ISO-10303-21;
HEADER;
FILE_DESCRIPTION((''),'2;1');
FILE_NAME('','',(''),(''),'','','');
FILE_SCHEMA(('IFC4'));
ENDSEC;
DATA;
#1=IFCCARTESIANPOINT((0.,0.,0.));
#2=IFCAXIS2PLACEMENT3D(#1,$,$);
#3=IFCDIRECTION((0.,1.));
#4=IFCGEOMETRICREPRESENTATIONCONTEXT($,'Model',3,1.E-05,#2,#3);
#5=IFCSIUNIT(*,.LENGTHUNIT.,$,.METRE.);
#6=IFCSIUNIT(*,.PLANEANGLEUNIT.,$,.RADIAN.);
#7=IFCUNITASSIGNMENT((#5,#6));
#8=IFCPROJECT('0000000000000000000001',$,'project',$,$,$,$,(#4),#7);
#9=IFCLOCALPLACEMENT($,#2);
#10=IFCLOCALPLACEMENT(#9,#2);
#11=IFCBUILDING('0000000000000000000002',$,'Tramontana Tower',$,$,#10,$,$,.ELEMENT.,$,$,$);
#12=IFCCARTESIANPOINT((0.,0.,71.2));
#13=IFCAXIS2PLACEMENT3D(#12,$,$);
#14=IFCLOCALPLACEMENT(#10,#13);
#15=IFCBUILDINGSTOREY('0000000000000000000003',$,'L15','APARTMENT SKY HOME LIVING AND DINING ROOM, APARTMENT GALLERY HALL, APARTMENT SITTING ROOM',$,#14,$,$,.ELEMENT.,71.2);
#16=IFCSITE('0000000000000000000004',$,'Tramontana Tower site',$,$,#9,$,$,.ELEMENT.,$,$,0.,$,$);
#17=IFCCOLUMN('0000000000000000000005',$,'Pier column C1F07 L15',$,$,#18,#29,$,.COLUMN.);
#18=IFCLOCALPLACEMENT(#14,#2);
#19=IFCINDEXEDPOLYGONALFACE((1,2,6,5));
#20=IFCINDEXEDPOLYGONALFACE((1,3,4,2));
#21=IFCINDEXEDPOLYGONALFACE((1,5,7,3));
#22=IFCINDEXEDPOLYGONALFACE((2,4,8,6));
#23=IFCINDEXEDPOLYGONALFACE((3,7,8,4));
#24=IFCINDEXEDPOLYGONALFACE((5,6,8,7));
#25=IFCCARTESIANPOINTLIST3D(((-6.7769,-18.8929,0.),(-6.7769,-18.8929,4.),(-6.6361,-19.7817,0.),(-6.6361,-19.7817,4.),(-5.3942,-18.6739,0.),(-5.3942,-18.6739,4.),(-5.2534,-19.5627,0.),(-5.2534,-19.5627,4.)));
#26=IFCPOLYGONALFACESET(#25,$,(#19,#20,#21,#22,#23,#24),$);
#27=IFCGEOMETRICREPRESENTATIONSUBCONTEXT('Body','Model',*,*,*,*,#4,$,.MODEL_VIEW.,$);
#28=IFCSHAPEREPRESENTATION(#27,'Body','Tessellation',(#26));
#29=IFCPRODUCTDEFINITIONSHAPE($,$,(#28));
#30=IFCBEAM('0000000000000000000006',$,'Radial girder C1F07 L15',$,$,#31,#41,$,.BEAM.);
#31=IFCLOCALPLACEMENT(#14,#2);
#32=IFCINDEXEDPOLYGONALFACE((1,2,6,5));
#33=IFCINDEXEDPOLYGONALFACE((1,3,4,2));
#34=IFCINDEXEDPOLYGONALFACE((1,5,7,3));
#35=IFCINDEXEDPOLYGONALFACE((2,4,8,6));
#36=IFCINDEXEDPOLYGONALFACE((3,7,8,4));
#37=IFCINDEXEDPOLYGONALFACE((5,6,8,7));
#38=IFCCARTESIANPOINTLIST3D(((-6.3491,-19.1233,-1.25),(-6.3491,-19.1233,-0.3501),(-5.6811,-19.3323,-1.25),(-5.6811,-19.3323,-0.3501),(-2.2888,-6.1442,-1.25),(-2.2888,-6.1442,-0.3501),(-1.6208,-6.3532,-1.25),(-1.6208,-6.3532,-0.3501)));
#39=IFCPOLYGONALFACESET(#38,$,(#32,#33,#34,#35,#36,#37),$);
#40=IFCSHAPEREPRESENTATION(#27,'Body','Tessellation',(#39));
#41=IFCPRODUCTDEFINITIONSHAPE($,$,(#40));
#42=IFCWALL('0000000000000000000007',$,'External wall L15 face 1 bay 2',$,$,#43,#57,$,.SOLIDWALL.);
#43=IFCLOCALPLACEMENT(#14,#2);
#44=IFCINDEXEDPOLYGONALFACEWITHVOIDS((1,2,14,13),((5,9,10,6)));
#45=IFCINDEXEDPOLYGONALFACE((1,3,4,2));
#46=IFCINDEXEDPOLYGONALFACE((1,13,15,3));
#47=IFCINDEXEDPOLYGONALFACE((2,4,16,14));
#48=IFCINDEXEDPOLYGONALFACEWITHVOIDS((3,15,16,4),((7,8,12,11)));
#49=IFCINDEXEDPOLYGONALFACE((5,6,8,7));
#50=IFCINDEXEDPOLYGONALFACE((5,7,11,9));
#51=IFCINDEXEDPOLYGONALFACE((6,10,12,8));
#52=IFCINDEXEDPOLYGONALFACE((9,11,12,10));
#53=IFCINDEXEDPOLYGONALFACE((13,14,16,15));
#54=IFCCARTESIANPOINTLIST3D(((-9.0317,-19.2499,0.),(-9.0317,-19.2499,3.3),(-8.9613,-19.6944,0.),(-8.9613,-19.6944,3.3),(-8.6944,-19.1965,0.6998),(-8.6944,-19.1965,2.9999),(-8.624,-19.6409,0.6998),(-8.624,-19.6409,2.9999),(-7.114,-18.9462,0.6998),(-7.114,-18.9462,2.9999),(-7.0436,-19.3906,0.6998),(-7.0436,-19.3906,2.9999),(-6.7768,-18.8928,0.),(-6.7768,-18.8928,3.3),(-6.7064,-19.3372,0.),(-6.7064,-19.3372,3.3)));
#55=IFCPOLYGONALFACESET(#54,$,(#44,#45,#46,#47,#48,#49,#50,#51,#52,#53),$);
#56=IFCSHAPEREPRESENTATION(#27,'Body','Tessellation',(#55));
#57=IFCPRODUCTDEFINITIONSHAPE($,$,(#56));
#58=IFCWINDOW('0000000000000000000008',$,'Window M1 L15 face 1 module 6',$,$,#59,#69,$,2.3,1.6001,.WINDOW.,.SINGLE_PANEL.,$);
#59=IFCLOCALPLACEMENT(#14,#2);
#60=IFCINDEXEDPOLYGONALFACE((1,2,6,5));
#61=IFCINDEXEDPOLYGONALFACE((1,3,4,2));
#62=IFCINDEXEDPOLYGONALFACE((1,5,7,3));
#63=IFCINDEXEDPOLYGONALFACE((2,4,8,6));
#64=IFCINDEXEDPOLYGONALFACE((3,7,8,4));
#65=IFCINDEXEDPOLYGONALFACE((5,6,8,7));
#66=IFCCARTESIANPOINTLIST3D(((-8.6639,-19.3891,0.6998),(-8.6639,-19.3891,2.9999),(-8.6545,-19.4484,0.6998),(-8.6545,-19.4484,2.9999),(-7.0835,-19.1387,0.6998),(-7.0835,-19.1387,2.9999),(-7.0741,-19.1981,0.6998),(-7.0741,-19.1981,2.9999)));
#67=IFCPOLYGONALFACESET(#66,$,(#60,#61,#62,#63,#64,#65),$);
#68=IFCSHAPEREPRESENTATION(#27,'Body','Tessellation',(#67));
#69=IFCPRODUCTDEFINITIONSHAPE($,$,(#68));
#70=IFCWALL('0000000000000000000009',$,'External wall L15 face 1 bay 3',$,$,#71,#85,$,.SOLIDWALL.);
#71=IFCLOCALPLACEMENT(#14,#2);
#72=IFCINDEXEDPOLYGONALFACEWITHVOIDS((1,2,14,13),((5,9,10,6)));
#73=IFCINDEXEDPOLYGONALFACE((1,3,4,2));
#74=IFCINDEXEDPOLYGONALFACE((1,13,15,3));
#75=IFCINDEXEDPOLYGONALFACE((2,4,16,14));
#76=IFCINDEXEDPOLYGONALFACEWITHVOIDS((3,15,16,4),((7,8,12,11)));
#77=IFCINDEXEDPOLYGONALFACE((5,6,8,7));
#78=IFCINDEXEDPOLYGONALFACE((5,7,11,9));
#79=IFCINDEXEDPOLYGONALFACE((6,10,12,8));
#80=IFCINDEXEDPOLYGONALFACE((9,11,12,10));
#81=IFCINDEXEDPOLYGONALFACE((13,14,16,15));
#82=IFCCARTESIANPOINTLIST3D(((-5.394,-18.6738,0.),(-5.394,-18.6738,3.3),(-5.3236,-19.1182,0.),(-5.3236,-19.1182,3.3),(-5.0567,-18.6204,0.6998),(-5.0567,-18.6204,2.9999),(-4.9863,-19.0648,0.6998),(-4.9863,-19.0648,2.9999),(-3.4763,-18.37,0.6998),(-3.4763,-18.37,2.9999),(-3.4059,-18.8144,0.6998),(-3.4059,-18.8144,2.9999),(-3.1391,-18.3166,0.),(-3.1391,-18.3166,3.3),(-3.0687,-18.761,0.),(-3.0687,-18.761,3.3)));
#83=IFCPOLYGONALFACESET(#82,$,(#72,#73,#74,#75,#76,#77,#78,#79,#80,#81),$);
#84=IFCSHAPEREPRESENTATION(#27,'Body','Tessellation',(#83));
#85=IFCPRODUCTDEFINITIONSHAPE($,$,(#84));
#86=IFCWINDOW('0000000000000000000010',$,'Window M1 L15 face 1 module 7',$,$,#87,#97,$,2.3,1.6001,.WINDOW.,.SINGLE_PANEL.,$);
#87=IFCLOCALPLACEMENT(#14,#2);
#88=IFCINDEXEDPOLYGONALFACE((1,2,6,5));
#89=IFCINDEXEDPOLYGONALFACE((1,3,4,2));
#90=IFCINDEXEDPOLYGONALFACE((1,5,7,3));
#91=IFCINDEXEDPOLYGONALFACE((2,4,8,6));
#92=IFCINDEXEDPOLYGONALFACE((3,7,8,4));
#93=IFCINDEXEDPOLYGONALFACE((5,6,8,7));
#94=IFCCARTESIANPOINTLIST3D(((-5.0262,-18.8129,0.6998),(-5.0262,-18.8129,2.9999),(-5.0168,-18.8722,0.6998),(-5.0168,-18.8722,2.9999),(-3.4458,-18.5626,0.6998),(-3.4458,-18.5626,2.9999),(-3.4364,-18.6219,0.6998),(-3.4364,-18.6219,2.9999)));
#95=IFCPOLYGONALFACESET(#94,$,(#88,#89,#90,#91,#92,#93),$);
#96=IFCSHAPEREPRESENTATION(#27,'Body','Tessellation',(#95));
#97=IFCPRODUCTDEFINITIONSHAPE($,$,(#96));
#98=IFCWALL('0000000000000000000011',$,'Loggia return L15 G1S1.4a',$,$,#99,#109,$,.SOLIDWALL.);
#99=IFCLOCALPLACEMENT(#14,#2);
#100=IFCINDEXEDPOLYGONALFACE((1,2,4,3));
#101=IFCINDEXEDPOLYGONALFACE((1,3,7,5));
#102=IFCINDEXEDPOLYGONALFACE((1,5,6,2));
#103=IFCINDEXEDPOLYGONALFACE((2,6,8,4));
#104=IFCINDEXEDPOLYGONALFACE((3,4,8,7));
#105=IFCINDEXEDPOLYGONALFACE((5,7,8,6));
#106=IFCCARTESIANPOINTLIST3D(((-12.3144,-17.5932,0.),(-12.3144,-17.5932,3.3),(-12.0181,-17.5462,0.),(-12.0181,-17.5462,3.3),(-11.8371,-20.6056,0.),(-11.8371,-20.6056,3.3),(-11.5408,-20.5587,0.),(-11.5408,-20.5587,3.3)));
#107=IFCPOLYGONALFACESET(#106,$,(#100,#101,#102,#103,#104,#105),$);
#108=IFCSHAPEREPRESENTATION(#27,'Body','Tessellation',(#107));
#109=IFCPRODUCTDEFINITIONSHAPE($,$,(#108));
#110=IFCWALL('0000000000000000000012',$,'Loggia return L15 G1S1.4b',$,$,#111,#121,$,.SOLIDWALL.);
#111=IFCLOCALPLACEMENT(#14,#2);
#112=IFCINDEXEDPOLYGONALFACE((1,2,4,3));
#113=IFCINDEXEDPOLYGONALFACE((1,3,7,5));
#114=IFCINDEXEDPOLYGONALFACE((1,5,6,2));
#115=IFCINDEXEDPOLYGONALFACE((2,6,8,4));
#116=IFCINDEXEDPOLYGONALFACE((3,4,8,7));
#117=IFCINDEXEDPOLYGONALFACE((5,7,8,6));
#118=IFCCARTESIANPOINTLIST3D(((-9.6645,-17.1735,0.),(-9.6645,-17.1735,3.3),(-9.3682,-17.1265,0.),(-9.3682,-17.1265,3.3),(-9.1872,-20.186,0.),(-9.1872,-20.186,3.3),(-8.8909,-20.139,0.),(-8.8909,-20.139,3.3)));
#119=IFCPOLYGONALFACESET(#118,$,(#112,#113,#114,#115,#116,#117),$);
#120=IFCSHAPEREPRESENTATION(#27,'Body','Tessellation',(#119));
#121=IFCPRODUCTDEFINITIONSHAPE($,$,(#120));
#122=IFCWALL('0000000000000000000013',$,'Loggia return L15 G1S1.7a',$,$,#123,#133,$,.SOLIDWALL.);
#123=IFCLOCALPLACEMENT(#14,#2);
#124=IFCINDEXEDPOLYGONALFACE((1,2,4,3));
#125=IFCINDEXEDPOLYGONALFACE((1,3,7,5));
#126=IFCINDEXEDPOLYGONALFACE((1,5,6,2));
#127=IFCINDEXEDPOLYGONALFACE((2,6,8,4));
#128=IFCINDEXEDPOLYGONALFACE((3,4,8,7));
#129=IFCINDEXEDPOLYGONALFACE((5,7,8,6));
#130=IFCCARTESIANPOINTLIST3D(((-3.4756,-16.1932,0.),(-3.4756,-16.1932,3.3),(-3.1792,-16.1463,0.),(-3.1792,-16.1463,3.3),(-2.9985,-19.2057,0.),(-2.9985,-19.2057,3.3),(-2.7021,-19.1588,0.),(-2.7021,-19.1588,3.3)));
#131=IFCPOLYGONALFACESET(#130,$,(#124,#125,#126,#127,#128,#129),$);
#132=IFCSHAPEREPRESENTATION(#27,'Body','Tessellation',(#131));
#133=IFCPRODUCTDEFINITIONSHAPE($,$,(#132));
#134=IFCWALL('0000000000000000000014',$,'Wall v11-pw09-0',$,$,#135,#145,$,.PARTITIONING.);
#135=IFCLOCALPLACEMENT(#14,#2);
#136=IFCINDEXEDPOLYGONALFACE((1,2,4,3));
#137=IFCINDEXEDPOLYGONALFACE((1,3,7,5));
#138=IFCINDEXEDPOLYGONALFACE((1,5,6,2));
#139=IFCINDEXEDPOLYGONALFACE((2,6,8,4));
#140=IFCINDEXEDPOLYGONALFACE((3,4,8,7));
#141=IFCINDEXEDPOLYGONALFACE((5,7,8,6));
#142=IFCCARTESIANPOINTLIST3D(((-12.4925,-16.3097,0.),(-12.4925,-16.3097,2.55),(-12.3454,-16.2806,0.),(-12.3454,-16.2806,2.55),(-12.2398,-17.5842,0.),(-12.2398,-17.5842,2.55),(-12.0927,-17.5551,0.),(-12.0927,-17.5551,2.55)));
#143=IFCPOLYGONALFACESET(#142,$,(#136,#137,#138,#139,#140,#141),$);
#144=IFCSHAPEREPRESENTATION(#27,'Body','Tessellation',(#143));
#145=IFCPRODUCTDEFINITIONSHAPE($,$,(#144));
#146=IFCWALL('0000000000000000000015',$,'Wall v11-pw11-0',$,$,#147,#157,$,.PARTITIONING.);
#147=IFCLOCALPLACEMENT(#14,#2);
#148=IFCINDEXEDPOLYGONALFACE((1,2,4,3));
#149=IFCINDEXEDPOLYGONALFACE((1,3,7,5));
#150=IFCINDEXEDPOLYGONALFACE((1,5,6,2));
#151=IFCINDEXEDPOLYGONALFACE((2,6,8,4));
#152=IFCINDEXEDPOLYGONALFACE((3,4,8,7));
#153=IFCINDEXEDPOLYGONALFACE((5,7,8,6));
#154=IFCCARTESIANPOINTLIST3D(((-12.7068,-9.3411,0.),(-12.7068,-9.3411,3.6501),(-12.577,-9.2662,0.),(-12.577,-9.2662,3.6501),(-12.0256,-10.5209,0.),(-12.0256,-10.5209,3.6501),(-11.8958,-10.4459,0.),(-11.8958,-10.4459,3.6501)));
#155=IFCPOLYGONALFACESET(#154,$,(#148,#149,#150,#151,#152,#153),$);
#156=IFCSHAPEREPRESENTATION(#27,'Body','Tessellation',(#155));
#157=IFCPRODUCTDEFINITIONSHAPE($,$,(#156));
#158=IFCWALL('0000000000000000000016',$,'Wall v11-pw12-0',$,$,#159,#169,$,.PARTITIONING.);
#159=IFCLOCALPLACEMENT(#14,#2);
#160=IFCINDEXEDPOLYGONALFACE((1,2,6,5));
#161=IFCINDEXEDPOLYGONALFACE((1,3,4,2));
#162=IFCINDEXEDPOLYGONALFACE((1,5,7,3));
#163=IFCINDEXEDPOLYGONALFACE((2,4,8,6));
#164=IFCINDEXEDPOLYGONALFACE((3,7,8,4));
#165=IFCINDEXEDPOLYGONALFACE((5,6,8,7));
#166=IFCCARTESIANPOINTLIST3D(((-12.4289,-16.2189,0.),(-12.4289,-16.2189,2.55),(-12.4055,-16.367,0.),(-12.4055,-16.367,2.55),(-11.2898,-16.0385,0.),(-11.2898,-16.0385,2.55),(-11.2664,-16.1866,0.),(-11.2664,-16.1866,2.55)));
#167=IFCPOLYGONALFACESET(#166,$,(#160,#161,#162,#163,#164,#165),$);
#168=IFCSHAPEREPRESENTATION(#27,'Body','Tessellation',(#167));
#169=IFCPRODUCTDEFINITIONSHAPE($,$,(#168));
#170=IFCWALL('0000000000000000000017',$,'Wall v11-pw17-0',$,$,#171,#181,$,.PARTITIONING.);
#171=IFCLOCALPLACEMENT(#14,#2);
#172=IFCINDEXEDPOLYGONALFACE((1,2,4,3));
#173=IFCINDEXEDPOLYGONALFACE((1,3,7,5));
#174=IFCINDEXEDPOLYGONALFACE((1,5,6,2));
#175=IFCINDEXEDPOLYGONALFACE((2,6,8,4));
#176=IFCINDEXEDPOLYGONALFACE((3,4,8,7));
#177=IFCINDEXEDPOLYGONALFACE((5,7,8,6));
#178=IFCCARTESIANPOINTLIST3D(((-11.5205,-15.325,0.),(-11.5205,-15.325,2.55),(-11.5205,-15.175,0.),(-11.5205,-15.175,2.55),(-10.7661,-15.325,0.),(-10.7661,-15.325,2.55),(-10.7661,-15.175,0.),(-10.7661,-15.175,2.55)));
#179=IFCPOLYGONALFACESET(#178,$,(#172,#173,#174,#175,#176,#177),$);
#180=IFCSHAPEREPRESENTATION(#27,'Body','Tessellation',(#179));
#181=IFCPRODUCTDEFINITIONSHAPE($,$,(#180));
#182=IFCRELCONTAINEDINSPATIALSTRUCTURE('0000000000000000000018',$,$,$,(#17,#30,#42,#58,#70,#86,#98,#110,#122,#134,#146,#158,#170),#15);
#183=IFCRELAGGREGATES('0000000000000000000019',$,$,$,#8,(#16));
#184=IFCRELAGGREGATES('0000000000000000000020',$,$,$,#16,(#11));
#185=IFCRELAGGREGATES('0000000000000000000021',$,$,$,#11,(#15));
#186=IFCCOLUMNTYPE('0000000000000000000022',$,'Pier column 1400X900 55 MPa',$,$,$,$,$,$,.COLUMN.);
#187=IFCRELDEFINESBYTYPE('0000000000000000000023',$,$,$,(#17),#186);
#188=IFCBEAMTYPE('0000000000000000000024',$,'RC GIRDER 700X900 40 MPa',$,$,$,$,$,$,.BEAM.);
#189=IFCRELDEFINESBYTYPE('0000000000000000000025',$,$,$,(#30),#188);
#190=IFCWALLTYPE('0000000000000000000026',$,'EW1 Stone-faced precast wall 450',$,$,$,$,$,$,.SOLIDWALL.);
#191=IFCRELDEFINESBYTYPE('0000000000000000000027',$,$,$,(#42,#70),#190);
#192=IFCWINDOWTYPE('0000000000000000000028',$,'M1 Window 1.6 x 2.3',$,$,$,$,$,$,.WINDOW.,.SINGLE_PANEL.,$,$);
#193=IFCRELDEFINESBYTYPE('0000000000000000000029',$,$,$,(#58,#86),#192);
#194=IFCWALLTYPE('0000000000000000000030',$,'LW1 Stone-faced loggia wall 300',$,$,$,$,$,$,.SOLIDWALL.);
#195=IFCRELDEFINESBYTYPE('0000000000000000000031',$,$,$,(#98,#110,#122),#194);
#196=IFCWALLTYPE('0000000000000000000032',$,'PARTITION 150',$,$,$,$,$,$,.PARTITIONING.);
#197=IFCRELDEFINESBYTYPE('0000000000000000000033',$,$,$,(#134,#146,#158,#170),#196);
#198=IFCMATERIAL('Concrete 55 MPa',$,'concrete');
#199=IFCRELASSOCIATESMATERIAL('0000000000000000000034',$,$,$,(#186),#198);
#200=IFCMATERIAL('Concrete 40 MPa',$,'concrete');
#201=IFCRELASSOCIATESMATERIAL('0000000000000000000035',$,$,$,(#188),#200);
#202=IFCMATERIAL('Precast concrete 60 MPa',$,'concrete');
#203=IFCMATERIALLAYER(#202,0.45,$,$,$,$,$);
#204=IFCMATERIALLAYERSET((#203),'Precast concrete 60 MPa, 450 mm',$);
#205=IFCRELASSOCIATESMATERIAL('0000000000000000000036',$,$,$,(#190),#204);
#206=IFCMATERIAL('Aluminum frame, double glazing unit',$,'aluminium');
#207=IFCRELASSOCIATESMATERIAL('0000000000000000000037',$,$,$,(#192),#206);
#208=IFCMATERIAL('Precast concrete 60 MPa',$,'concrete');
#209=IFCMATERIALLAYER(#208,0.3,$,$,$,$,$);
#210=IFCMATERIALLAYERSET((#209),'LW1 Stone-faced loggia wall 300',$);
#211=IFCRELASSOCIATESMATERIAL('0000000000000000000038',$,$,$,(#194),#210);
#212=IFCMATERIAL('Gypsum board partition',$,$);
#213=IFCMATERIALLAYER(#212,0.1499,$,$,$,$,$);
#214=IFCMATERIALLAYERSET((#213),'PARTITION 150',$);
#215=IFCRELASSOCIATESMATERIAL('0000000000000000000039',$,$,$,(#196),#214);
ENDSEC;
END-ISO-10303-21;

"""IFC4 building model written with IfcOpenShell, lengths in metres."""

from ifc_helpers import new_model, si_unit, direction, frame, frame_2d, origin, origin_2d, place, context, subcontext, project, spatial, rectangle, extrude, material, layer, layer_set, material_profile, profile_set, type_object, element, fill, save


model = new_model("IFC4")

# Units and contexts
model_context = context("Model", 3, precision=1e-05, world=origin(), true_north=direction((0.0, 1.0)))
body_context = subcontext(model_context, "Body", "Model", "MODEL_VIEW")
ifc_project = project(units=[si_unit("LENGTHUNIT", "METRE"), si_unit("PLANEANGLEUNIT", "RADIAN")], contexts=[model_context])

# Site, building, storey
site_placement = place(None, origin())
site = spatial("IfcSite", under=ifc_project, at=site_placement, Name="Tramontana Tower site", CompositionType="ELEMENT", RefElevation=0.0)
building_placement = place(site_placement, origin())
building = spatial("IfcBuilding", under=site, at=building_placement, Name="Tramontana Tower", CompositionType="ELEMENT")
storey_placement = place(building_placement, frame((0.0, 0.0, 71.2)))
storey = spatial("IfcBuildingStorey", under=building, at=storey_placement, Name="L15", Description="APARTMENT SKY HOME LIVING AND DINING ROOM, APARTMENT GALLERY HALL, APARTMENT SITTING ROOM", CompositionType="ELEMENT", Elevation=71.2)

# Column
ifc_material_1 = material(Name="Concrete 55 MPa", Category="concrete")
ifc_material_profile_1 = material_profile(ifc_material_1, rectangle(XDim=1.3999, YDim=0.8999, at=origin_2d()), Name="Pier column 1400X900 55 MPa")
ifc_profile_set_1 = profile_set([ifc_material_profile_1], Name="Concrete 55 MPa")
column_type = type_object("IfcColumnType", Name="Pier column 1400X900 55 MPa", PredefinedType="COLUMN", material=ifc_profile_set_1)
column_placement = place(storey_placement, frame((-6.0151, -19.2278, 0.0), z_axis=(0.0, 0.0, 1.0), x_axis=(0.987688, 0.156434, 0.0)))
element("IfcColumn", 1, at=column_placement, inside=storey, type_object=column_type, Name="Pier column C1F07 L15", PredefinedType="COLUMN", context=body_context, shape_type="SweptSolid", body=[
    extrude(rectangle(XDim=1.3999, YDim=0.8999, at=origin_2d()), origin(), (0.0, 0.0, 1.0), 4.0),
])

# Beam
ifc_material_2 = material(Name="Concrete 40 MPa", Category="concrete")
ifc_material_profile_2 = material_profile(ifc_material_2, rectangle(XDim=0.7, YDim=0.8999, at=origin_2d()), Name="RC GIRDER 700X900 40 MPa")
ifc_profile_set_2 = profile_set([ifc_material_profile_2], Name="Concrete 40 MPa")
beam_type = type_object("IfcBeamType", Name="RC GIRDER 700X900 40 MPa", PredefinedType="BEAM", material=ifc_profile_set_2)
beam_placement = place(storey_placement, frame((-6.0151, -19.2278, -0.8), z_axis=(0.298567, 0.954389, 0.0), x_axis=(-0.954389, 0.298567, 0.0)))
element("IfcBeam", 2, at=beam_placement, inside=storey, type_object=beam_type, Name="Radial girder C1F07 L15", PredefinedType="BEAM", context=body_context, shape_type="SweptSolid", body=[
    extrude(rectangle(XDim=0.7, YDim=0.8999, at=origin_2d()), origin(), (0.0, 0.0, 1.0), 13.5994),
])

# Walls, openings, windows
ifc_material_3 = material(Name="Precast concrete 60 MPa", Category="concrete")
ifc_layer_1 = layer(ifc_material_3, 0.45)
ifc_layer_set_1 = layer_set([ifc_layer_1], Name="Precast concrete 60 MPa, 450 mm")
wall_type_1 = type_object("IfcWallType", Name="EW1 Stone-faced precast wall 450", PredefinedType="SOLIDWALL", material=ifc_layer_set_1)
wall_1_placement = place(storey_placement, frame((-8.9966, -19.4722, 0.0), z_axis=(0.0, 0.0, 1.0), x_axis=(0.987686, 0.156451, 0.0)))
wall_1 = element("IfcWall", 3, at=wall_1_placement, inside=storey, type_object=wall_type_1, Name="External wall L15 face 1 bay 2", PredefinedType="SOLIDWALL", context=body_context, shape_type="SweptSolid", body=[
    extrude(rectangle(XDim=2.283, YDim=0.45, at=frame_2d((1.1416, 0.0))), origin(), (0.0, 0.0, 1.0), 3.3),
])
opening_1_placement = place(wall_1_placement, frame((0.3416, 0.0, 0.7)))
opening_1 = element("IfcOpeningElement", 4, at=opening_1_placement, cuts=wall_1, PredefinedType="OPENING", context=body_context, shape_type="SweptSolid", body=[
    extrude(rectangle(XDim=1.6001, YDim=2.3, at=frame_2d((0.8, 1.1499))), frame((0.0, 0.2349, 0.0), z_axis=(0.0, -1.0, 0.0), x_axis=(1.0, 0.0, 0.0)), (0.0, 0.0, 1.0), 0.47),
])
ifc_material_4 = material(Name="Aluminum frame, double glazing unit", Category="aluminium")
window_type = type_object("IfcWindowType", Name="M1 Window 1.6 x 2.3", PartitioningType="SINGLE_PANEL", PredefinedType="WINDOW", material=ifc_material_4)
window_1_placement = place(opening_1_placement, origin())
window_1 = element("IfcWindow", 5, at=window_1_placement, inside=storey, type_object=window_type, Name="Window M1 L15 face 1 module 6", OverallHeight=2.3, OverallWidth=1.6001, PartitioningType="SINGLE_PANEL", PredefinedType="WINDOW", context=body_context, shape_type="SweptSolid", body=[
    extrude(rectangle(XDim=1.6001, YDim=2.3, at=frame_2d((0.8, 1.1499))), frame((0.0, 0.03, 0.0), z_axis=(0.0, -1.0, 0.0), x_axis=(1.0, 0.0, 0.0)), (0.0, 0.0, 1.0), 0.0601),
])
fill(opening_1, window_1)
wall_2_placement = place(storey_placement, frame((-5.3589, -18.896, 0.0), z_axis=(0.0, 0.0, 1.0), x_axis=(0.987686, 0.156451, 0.0)))
wall_2 = element("IfcWall", 6, at=wall_2_placement, inside=storey, type_object=wall_type_1, Name="External wall L15 face 1 bay 3", PredefinedType="SOLIDWALL", context=body_context, shape_type="SweptSolid", body=[
    extrude(rectangle(XDim=2.283, YDim=0.45, at=frame_2d((1.1416, 0.0))), origin(), (0.0, 0.0, 1.0), 3.3),
])
opening_2_placement = place(wall_2_placement, frame((0.3416, 0.0, 0.7)))
opening_2 = element("IfcOpeningElement", 7, at=opening_2_placement, cuts=wall_2, PredefinedType="OPENING", context=body_context, shape_type="SweptSolid", body=[
    extrude(rectangle(XDim=1.6001, YDim=2.3, at=frame_2d((0.8, 1.1499))), frame((0.0, 0.2349, 0.0), z_axis=(0.0, -1.0, 0.0), x_axis=(1.0, 0.0, 0.0)), (0.0, 0.0, 1.0), 0.47),
])
window_2_placement = place(opening_2_placement, origin())
window_2 = element("IfcWindow", 8, at=window_2_placement, inside=storey, type_object=window_type, Name="Window M1 L15 face 1 module 7", OverallHeight=2.3, OverallWidth=1.6001, PartitioningType="SINGLE_PANEL", PredefinedType="WINDOW", context=body_context, shape_type="SweptSolid", body=[
    extrude(rectangle(XDim=1.6001, YDim=2.3, at=frame_2d((0.8, 1.1499))), frame((0.0, 0.03, 0.0), z_axis=(0.0, -1.0, 0.0), x_axis=(1.0, 0.0, 0.0)), (0.0, 0.0, 1.0), 0.0601),
])
fill(opening_2, window_2)

# Shared definitions
ifc_material_5 = material(Name="Precast concrete 60 MPa", Category="concrete")
ifc_layer_2 = layer(ifc_material_5, 0.3)
ifc_layer_set_2 = layer_set([ifc_layer_2], Name="LW1 Stone-faced loggia wall 300")
wall_type_2 = type_object("IfcWallType", Name="LW1 Stone-faced loggia wall 300", PredefinedType="SOLIDWALL", material=ifc_layer_set_2)

# Walls
for number, where, z_axis, x_axis, name in (
    (9, (-11.689, -20.582, 0.0), (0.0, 0.0, 1.0), (-0.156489, 0.98768, 0.0), "Loggia return L15 G1S1.4a"),
    (10, (-9.0391, -20.1624, 0.0), (0.0, 0.0, 1.0), (-0.156489, 0.98768, 0.0), "Loggia return L15 G1S1.4b"),
):
    element("IfcWall", number, at=place(storey_placement, frame(where, z_axis=z_axis, x_axis=x_axis)), inside=storey, type_object=wall_type_2, Name=name, PredefinedType="SOLIDWALL", context=body_context, shape_type="SweptSolid", body=[
        extrude(rectangle(XDim=3.05, YDim=0.3, at=frame_2d((1.5249, 0.0))), origin(), (0.0, 0.0, 1.0), 3.3),
    ])

# Walls
wall_3_placement = place(storey_placement, frame((-2.8503, -19.1821, 0.0), z_axis=(0.0, 0.0, 1.0), x_axis=(-0.156411, 0.987692, 0.0)))
element("IfcWall", 11, at=wall_3_placement, inside=storey, type_object=wall_type_2, Name="Loggia return L15 G1S1.7a", PredefinedType="SOLIDWALL", context=body_context, shape_type="SweptSolid", body=[
    extrude(rectangle(XDim=3.05, YDim=0.3, at=frame_2d((1.5249, 0.0))), origin(), (0.0, 0.0, 1.0), 3.3),
])
ifc_material_6 = material(Name="Gypsum board partition")
ifc_layer_3 = layer(ifc_material_6, 0.1499)
ifc_layer_set_3 = layer_set([ifc_layer_3], Name="PARTITION 150")
wall_type_3 = type_object("IfcWallType", Name="PARTITION 150", PredefinedType="PARTITIONING", material=ifc_layer_set_3)
wall_4_placement = place(storey_placement, frame((-12.4189, -16.2952, 0.0), z_axis=(0.0, 0.0, 1.0), x_axis=(0.19449, -0.980905, 0.0)))
element("IfcWall", 12, at=wall_4_placement, inside=storey, type_object=wall_type_3, Name="Wall v11-pw09-0", PredefinedType="PARTITIONING", context=body_context, shape_type="SweptSolid", body=[
    extrude(rectangle(XDim=1.2993, YDim=0.1499, at=frame_2d((0.6497, 0.0))), origin(), (0.0, 0.0, 1.0), 2.55),
])
wall_5_placement = place(storey_placement, frame((-11.9607, -10.4834, 0.0), z_axis=(0.0, 0.0, 1.0), x_axis=(-0.500033, 0.866007, 0.0)))
element("IfcWall", 13, at=wall_5_placement, inside=storey, type_object=wall_type_3, Name="Wall v11-pw11-0", PredefinedType="PARTITIONING", context=body_context, shape_type="SweptSolid", body=[
    extrude(rectangle(XDim=1.3623, YDim=0.1499, at=frame_2d((0.6812, 0.0))), origin(), (0.0, 0.0, 1.0), 3.6501),
])
wall_6_placement = place(storey_placement, frame((-11.2781, -16.1125, 0.0), z_axis=(0.0, 0.0, 1.0), x_axis=(-0.987689, -0.15643, 0.0)))
element("IfcWall", 14, at=wall_6_placement, inside=storey, type_object=wall_type_3, Name="Wall v11-pw12-0", PredefinedType="PARTITIONING", context=body_context, shape_type="SweptSolid", body=[
    extrude(rectangle(XDim=1.1533, YDim=0.1499, at=frame_2d((0.5767, 0.0))), origin(), (0.0, 0.0, 1.0), 2.55),
])
wall_7_placement = place(storey_placement, frame((-10.7661, -15.25, 0.0), z_axis=(0.0, 0.0, 1.0), x_axis=(-1.0, 0.0, 0.0)))
element("IfcWall", 15, at=wall_7_placement, inside=storey, type_object=wall_type_3, Name="Wall v11-pw17-0", PredefinedType="PARTITIONING", context=body_context, shape_type="SweptSolid", body=[
    extrude(rectangle(XDim=0.7544, YDim=0.1499, at=frame_2d((0.3772, 0.0))), origin(), (0.0, 0.0, 1.0), 2.55),
])

save(model, "model.ifc")
